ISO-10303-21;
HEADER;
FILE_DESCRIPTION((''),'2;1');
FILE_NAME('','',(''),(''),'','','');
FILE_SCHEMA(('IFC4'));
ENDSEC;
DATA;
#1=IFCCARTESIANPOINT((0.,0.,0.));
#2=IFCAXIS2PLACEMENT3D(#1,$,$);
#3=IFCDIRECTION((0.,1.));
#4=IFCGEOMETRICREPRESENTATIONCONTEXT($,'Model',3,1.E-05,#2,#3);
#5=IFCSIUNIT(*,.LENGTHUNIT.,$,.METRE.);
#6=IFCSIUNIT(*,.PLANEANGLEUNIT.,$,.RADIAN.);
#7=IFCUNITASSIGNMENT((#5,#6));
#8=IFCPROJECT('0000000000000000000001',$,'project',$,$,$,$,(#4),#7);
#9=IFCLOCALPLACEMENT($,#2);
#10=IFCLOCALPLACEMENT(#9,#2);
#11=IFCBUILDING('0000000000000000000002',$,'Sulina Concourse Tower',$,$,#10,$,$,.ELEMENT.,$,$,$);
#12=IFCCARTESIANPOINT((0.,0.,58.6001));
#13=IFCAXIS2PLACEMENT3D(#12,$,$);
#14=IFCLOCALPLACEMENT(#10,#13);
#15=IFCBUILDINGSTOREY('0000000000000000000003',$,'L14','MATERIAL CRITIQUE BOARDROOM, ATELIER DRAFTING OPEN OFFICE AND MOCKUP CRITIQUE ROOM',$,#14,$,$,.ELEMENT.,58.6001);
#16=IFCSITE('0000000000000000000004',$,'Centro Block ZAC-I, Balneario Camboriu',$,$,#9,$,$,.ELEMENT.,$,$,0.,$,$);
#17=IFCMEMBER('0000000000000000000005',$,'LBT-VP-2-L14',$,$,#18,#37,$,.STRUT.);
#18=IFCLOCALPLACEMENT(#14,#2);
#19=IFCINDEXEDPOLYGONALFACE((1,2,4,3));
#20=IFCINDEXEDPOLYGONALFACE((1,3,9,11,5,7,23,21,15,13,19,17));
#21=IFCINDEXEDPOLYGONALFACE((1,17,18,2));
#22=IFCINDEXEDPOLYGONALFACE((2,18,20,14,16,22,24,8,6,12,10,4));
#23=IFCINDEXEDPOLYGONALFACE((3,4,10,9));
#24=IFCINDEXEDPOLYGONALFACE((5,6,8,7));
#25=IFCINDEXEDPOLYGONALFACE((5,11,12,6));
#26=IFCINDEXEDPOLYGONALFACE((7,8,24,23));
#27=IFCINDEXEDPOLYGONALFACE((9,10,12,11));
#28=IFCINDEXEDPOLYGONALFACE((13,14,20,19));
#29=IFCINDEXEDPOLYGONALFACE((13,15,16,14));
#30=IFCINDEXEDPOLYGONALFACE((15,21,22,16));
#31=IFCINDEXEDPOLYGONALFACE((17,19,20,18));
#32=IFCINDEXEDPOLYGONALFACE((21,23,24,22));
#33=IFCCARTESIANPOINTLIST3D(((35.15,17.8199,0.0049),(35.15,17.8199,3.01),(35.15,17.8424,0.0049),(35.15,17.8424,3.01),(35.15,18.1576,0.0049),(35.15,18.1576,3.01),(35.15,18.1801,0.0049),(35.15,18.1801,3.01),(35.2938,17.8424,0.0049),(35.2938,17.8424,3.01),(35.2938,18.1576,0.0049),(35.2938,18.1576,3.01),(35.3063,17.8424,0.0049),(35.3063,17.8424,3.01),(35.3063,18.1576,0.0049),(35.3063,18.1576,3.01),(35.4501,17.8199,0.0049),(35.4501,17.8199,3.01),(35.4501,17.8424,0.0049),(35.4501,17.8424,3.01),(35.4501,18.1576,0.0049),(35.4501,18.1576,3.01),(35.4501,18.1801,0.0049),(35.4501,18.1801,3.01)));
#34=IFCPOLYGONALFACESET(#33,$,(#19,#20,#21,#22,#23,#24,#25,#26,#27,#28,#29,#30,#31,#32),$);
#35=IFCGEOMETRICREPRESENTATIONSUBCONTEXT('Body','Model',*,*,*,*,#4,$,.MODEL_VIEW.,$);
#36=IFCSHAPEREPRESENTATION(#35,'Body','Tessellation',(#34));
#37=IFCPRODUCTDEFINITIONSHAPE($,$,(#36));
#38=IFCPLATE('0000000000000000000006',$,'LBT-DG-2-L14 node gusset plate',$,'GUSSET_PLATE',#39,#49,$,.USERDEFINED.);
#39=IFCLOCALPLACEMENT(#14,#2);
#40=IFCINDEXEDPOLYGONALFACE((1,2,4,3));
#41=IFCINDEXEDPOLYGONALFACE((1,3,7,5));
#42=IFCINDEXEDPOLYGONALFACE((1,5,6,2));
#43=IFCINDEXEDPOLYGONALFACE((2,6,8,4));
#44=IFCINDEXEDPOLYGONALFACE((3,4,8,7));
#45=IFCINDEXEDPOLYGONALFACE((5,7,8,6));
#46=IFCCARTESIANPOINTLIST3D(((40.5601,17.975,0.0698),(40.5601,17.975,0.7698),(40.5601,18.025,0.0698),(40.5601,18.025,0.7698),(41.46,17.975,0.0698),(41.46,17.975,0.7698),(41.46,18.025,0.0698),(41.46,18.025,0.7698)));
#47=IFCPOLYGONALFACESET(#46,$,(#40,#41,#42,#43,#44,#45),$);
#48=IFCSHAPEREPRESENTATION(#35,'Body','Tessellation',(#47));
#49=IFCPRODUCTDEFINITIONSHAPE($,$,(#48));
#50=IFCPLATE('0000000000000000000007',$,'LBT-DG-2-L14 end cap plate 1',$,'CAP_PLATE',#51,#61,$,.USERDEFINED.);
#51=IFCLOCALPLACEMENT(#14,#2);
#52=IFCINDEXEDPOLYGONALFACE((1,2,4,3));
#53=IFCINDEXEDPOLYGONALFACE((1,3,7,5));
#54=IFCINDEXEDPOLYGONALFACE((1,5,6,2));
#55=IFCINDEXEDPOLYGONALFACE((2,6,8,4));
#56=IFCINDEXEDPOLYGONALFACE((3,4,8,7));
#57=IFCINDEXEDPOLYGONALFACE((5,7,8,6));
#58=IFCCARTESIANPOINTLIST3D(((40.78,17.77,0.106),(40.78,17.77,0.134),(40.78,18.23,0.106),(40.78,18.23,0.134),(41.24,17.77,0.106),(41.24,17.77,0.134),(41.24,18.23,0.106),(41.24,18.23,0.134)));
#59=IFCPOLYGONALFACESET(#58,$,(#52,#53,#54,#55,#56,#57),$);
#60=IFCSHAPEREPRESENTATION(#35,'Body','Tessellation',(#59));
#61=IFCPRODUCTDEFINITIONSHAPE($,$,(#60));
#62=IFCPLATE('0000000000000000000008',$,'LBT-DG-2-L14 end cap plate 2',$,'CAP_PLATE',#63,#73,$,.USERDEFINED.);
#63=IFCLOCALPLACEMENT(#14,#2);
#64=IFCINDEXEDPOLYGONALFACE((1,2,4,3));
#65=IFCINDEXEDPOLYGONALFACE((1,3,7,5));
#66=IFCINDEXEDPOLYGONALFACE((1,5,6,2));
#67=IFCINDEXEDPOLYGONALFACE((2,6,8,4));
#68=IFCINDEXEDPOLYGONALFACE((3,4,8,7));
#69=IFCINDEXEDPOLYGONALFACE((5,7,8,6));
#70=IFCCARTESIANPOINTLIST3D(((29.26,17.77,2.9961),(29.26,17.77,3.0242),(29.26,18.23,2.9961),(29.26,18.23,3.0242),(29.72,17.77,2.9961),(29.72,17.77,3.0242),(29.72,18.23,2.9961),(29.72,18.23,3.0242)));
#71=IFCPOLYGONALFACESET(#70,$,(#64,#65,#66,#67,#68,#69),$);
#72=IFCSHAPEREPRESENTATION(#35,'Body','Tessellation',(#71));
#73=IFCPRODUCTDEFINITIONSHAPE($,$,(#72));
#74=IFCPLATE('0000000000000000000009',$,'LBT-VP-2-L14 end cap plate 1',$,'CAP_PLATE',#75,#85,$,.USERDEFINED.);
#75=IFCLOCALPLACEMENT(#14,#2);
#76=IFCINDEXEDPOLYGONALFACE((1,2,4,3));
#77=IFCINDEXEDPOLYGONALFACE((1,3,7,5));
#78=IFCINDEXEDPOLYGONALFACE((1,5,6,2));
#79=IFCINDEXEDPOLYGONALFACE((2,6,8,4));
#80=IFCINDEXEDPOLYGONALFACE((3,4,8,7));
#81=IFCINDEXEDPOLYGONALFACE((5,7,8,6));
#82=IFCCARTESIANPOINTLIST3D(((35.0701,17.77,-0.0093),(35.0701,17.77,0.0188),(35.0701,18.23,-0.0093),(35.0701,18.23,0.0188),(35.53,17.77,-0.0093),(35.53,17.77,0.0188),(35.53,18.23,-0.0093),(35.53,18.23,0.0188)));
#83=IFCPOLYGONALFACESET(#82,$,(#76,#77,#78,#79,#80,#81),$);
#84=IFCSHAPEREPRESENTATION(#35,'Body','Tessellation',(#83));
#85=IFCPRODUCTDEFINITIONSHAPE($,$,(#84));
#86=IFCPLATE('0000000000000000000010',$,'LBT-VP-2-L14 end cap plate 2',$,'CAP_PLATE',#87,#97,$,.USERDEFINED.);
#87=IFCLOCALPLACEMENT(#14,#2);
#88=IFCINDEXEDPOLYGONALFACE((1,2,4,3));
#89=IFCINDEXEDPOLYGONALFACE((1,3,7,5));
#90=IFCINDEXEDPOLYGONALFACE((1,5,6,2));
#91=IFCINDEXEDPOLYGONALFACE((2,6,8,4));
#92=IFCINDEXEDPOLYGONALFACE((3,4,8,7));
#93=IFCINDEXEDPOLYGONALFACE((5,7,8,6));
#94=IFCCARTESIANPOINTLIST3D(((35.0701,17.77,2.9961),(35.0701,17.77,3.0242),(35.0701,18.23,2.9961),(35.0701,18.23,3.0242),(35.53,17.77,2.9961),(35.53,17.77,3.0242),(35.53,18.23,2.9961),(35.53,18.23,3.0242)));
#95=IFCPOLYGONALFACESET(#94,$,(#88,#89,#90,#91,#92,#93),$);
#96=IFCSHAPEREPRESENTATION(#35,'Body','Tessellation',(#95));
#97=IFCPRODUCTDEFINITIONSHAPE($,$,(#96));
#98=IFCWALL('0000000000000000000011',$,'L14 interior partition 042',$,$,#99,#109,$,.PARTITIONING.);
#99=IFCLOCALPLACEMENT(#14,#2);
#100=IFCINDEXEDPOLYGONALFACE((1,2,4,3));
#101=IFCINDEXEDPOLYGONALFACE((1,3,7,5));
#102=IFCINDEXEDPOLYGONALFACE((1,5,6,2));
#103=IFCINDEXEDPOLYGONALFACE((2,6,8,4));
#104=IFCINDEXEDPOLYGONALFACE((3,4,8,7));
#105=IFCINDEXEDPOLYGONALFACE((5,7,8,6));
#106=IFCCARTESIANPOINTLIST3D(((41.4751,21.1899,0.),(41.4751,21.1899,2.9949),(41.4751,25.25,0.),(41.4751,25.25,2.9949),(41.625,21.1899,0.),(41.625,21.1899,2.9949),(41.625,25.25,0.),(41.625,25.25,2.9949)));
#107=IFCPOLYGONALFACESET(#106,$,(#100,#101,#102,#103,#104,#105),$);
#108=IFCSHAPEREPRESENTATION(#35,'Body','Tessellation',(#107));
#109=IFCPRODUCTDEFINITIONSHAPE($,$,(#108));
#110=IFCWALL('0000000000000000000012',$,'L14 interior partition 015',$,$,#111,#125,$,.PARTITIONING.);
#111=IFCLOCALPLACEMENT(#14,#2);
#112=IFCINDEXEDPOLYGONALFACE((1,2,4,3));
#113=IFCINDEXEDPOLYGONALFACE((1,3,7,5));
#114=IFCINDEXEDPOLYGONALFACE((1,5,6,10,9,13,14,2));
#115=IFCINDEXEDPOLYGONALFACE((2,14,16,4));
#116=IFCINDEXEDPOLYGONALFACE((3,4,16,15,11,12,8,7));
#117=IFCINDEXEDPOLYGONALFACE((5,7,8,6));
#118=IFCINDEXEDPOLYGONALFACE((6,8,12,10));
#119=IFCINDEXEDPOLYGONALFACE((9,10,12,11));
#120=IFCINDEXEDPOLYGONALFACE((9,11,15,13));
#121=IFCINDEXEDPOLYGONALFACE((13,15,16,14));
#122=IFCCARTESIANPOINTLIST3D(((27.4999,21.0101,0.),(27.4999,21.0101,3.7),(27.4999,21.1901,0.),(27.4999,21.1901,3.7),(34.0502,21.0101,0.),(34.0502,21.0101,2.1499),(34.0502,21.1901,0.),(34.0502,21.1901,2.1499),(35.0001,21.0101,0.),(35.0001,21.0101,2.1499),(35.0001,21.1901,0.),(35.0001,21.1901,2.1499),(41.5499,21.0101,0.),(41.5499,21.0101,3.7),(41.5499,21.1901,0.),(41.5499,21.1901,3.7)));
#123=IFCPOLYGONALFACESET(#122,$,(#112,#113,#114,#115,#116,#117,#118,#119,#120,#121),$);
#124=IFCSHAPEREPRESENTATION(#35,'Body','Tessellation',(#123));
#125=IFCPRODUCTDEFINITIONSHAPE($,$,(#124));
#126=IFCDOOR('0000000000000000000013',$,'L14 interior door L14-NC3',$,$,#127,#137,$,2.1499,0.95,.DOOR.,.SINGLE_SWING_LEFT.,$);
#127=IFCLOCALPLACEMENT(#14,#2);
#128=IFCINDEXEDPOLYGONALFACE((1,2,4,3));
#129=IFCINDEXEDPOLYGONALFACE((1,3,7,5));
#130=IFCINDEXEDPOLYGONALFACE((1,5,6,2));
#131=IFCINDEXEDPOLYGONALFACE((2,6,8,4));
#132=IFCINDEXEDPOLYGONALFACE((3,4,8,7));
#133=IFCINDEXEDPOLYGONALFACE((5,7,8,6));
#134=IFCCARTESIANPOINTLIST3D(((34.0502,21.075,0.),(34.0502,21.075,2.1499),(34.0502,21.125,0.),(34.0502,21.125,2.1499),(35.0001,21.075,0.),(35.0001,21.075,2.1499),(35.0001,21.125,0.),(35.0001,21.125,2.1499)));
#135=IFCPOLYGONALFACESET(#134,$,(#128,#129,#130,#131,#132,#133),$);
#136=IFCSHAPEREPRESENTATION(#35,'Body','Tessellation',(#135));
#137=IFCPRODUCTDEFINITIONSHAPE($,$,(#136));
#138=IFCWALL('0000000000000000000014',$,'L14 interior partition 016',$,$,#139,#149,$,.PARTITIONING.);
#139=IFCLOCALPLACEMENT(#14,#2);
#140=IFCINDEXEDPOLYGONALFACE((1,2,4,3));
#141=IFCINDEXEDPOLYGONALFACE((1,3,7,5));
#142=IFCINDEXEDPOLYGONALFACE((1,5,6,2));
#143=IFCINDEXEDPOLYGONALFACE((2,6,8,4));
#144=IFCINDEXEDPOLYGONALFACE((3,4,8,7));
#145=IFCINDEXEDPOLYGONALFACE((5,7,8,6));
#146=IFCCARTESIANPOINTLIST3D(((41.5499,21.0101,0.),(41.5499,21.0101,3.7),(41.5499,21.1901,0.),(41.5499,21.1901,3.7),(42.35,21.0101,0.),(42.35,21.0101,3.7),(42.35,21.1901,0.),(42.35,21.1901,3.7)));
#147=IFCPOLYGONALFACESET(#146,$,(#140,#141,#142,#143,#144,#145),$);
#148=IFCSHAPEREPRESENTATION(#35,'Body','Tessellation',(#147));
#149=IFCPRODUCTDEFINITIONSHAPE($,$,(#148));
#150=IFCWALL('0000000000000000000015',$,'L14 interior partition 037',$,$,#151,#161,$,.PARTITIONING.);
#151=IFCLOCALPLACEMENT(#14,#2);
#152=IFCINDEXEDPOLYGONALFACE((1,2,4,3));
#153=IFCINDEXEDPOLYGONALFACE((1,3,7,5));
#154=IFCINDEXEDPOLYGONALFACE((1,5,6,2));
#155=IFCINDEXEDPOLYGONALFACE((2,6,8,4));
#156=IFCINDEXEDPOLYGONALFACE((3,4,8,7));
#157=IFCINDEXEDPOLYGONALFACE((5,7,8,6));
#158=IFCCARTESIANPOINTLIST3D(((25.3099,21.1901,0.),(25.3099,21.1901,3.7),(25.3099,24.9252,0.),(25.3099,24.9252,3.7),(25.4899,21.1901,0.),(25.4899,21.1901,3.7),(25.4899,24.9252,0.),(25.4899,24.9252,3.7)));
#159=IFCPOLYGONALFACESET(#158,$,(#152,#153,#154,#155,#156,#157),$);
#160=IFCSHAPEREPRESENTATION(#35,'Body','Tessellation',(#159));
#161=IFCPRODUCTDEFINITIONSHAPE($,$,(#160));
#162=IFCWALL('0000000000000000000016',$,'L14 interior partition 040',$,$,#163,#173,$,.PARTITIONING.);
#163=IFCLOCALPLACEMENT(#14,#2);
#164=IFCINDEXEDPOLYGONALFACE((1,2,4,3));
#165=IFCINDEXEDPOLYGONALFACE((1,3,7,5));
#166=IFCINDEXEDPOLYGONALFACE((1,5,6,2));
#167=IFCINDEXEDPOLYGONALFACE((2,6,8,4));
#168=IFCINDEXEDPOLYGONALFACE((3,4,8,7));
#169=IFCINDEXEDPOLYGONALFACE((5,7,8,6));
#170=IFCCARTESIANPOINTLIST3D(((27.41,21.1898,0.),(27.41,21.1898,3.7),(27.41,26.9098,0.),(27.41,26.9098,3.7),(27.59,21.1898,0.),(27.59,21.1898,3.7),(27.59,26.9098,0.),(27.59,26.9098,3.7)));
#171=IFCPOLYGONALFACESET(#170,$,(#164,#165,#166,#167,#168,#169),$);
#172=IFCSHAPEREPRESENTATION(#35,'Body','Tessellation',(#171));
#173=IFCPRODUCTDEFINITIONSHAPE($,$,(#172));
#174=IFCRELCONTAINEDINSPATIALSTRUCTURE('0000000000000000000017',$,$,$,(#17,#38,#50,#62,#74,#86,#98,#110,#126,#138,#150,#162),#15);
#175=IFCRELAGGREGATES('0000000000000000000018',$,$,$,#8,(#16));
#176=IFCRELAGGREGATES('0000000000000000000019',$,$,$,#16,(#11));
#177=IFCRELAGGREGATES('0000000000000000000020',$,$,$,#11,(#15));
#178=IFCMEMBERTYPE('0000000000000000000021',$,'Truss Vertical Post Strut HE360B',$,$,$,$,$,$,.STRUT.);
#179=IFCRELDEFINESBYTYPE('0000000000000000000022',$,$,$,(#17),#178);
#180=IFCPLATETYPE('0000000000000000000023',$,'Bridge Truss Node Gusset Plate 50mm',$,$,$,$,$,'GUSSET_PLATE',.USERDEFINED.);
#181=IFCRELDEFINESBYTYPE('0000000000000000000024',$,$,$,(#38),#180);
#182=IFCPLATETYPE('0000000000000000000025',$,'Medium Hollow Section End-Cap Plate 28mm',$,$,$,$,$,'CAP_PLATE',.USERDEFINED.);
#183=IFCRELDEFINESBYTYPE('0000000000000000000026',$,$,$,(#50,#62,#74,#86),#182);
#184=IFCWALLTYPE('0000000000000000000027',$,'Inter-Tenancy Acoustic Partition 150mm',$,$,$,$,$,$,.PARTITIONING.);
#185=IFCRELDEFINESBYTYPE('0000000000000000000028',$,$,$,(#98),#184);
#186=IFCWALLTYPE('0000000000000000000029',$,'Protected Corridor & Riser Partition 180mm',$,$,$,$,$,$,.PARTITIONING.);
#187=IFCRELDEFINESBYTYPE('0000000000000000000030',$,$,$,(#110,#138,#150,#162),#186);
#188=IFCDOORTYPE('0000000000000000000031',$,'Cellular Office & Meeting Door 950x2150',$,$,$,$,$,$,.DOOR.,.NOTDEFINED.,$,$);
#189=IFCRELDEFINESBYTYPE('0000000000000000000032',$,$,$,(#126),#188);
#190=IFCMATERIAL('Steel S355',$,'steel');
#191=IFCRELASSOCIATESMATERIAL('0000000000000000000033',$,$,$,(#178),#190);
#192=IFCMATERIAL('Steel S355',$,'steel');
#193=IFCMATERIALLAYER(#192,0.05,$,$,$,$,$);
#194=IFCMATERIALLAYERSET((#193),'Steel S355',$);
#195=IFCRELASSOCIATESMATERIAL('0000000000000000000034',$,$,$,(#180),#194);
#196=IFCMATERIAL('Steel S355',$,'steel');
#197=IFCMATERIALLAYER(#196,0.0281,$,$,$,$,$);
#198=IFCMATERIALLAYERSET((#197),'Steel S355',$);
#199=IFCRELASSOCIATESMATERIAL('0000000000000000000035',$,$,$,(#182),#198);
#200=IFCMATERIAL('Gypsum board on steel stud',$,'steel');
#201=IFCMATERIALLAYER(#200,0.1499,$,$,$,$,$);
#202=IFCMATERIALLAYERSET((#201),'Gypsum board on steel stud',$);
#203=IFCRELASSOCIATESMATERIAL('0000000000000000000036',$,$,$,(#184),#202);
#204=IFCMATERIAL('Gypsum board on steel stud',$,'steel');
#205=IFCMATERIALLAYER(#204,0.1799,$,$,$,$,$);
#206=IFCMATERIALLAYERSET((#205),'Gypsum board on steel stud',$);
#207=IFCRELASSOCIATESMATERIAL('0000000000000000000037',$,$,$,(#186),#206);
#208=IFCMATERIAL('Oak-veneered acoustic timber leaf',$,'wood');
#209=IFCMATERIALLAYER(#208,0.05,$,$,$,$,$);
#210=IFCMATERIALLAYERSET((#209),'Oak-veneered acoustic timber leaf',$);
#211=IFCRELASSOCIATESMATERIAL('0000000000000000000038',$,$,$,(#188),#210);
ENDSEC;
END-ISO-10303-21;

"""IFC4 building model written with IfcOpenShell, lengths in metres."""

from ifc_helpers import new_model, si_unit, direction, frame, frame_2d, origin, origin_2d, place, context, subcontext, project, spatial, rectangle, i_section, extrude, material, layer, layer_set, material_profile, profile_set, type_object, element, fill, save


model = new_model("IFC4")

# Units and contexts
model_context = context("Model", 3, precision=1e-05, world=origin(), true_north=direction((0.0, 1.0)))
body_context = subcontext(model_context, "Body", "Model", "MODEL_VIEW")
ifc_project = project(units=[si_unit("LENGTHUNIT", "METRE"), si_unit("PLANEANGLEUNIT", "RADIAN")], contexts=[model_context])

# Site, building, storey
site_placement = place(None, origin())
site = spatial("IfcSite", under=ifc_project, at=site_placement, Name="Centro Block ZAC-I, Balneario Camboriu", CompositionType="ELEMENT", RefElevation=0.0)
building_placement = place(site_placement, origin())
building = spatial("IfcBuilding", under=site, at=building_placement, Name="Sulina Concourse Tower", CompositionType="ELEMENT")
storey_placement = place(building_placement, frame((0.0, 0.0, 58.6001)))
storey = spatial("IfcBuildingStorey", under=building, at=storey_placement, Name="L14", Description="MATERIAL CRITIQUE BOARDROOM, ATELIER DRAFTING OPEN OFFICE AND MOCKUP CRITIQUE ROOM", CompositionType="ELEMENT", Elevation=58.6001)

# Member
ifc_material_1 = material(Name="Steel S355", Category="steel")
ifc_material_profile_1 = material_profile(ifc_material_1, i_section(OverallWidth=0.3, OverallDepth=0.3601, WebThickness=0.0125, FlangeThickness=0.0225, at=origin_2d()), Name="HE 360 B")
ifc_profile_set_1 = profile_set([ifc_material_profile_1], Name="Steel S355")
member_type_1 = type_object("IfcMemberType", Name="Truss Vertical Post Strut HE360B", PredefinedType="STRUT", material=ifc_profile_set_1)
member_1_placement = place(storey_placement, frame((35.3, 18.0, 0.0049), z_axis=(0.0, 0.0, 1.0), x_axis=(1.0, 0.0, 0.0)))
element("IfcMember", 1, at=member_1_placement, inside=storey, type_object=member_type_1, Name="LBT-VP-2-L14", PredefinedType="STRUT", context=body_context, shape_type="SweptSolid", body=[
    extrude(i_section(OverallWidth=0.3, OverallDepth=0.3601, WebThickness=0.0125, FlangeThickness=0.0225, at=origin_2d()), origin(), (0.0, 0.0, 1.0), 3.0051),
])

# Plates
ifc_material_2 = material(Name="Steel S355", Category="steel")
ifc_layer_1 = layer(ifc_material_2, 0.05)
ifc_layer_set_1 = layer_set([ifc_layer_1], Name="Steel S355")
plate_type_1 = type_object("IfcPlateType", Name="Bridge Truss Node Gusset Plate 50mm", ElementType="GUSSET_PLATE", PredefinedType="USERDEFINED", material=ifc_layer_set_1)
plate_placement = place(storey_placement, frame((41.01, 18.0, 0.0698), z_axis=(0.0, 0.0, 1.0), x_axis=(1.0, 0.0, 0.0)))
element("IfcPlate", 2, at=plate_placement, inside=storey, type_object=plate_type_1, Name="LBT-DG-2-L14 node gusset plate", ObjectType="GUSSET_PLATE", PredefinedType="USERDEFINED", context=body_context, shape_type="SweptSolid", body=[
    extrude(rectangle(XDim=0.8999, YDim=0.05, at=origin_2d()), origin(), (0.0, 0.0, 1.0), 0.7),
])
ifc_material_3 = material(Name="Steel S355", Category="steel")
ifc_layer_2 = layer(ifc_material_3, 0.0281)
ifc_layer_set_2 = layer_set([ifc_layer_2], Name="Steel S355")
plate_type_2 = type_object("IfcPlateType", Name="Medium Hollow Section End-Cap Plate 28mm", ElementType="CAP_PLATE", PredefinedType="USERDEFINED", material=ifc_layer_set_2)
for number, where, z_axis, x_axis, name in (
    (3, (41.01, 18.0, 0.106), (0.0, 0.0, 1.0), (1.0, 0.0, 0.0), "LBT-DG-2-L14 end cap plate 1"),
    (4, (29.49, 18.0, 2.9961), (0.0, 0.0, 1.0), (1.0, 0.0, 0.0), "LBT-DG-2-L14 end cap plate 2"),
    (5, (35.3, 18.0, -0.0093), (0.0, 0.0, 1.0), (1.0, 0.0, 0.0), "LBT-VP-2-L14 end cap plate 1"),
    (6, (35.3, 18.0, 2.9961), (0.0, 0.0, 1.0), (1.0, 0.0, 0.0), "LBT-VP-2-L14 end cap plate 2"),
):
    element("IfcPlate", number, at=place(storey_placement, frame(where, z_axis=z_axis, x_axis=x_axis)), inside=storey, type_object=plate_type_2, Name=name, ObjectType="CAP_PLATE", PredefinedType="USERDEFINED", context=body_context, shape_type="SweptSolid", body=[
        extrude(rectangle(XDim=0.46, YDim=0.46, at=origin_2d()), origin(), (0.0, 0.0, 1.0), 0.0281),
    ])

# Wall
ifc_material_4 = material(Name="Gypsum board on steel stud", Category="steel")
ifc_layer_3 = layer(ifc_material_4, 0.1499)
ifc_layer_set_3 = layer_set([ifc_layer_3], Name="Gypsum board on steel stud")
wall_type_1 = type_object("IfcWallType", Name="Inter-Tenancy Acoustic Partition 150mm", PredefinedType="PARTITIONING", material=ifc_layer_set_3)
wall_1_placement = place(storey_placement, frame((41.55, 21.1899, 0.0), z_axis=(0.0, 0.0, 1.0), x_axis=(0.0, 1.0, 0.0)))
element("IfcWall", 7, at=wall_1_placement, inside=storey, type_object=wall_type_1, Name="L14 interior partition 042", PredefinedType="PARTITIONING", context=body_context, shape_type="SweptSolid", body=[
    extrude(rectangle(XDim=4.0601, YDim=0.1499, at=frame_2d((2.03, 0.0))), origin(), (0.0, 0.0, 1.0), 2.9949),
])

# Wall, opening, door
ifc_material_5 = material(Name="Gypsum board on steel stud", Category="steel")
ifc_layer_4 = layer(ifc_material_5, 0.1799)
ifc_layer_set_4 = layer_set([ifc_layer_4], Name="Gypsum board on steel stud")
wall_type_2 = type_object("IfcWallType", Name="Protected Corridor & Riser Partition 180mm", PredefinedType="PARTITIONING", material=ifc_layer_set_4)
wall_2_placement = place(storey_placement, frame((27.5, 21.1001, 0.0), z_axis=(0.0, 0.0, 1.0), x_axis=(1.0, 0.0, 0.0)))
wall_2 = element("IfcWall", 8, at=wall_2_placement, inside=storey, type_object=wall_type_2, Name="L14 interior partition 015", PredefinedType="PARTITIONING", context=body_context, shape_type="SweptSolid", body=[
    extrude(rectangle(XDim=14.05, YDim=0.1799, at=frame_2d((7.0249, 0.0))), origin(), (0.0, 0.0, 1.0), 3.7),
])
opening_1_placement = place(wall_2_placement, frame((6.55, 0.0, 0.0)))
opening_1 = element("IfcOpeningElement", 9, at=opening_1_placement, cuts=wall_2, PredefinedType="OPENING", context=body_context, shape_type="SweptSolid", body=[
    extrude(rectangle(XDim=0.95, YDim=2.1499, at=frame_2d((0.4751, 1.075))), frame((0.0, 0.0999, 0.0), z_axis=(0.0, -1.0, 0.0), x_axis=(1.0, 0.0, 0.0)), (0.0, 0.0, 1.0), 0.2),
])
ifc_material_6 = material(Name="Oak-veneered acoustic timber leaf", Category="wood")
ifc_layer_5 = layer(ifc_material_6, 0.05)
ifc_layer_set_5 = layer_set([ifc_layer_5], Name="Oak-veneered acoustic timber leaf")
door_type_1 = type_object("IfcDoorType", Name="Cellular Office & Meeting Door 950x2150", OperationType="NOTDEFINED", PredefinedType="DOOR", material=ifc_layer_set_5)
door_1_placement = place(opening_1_placement, origin())
door_1 = element("IfcDoor", 10, at=door_1_placement, inside=storey, type_object=door_type_1, Name="L14 interior door L14-NC3", OperationType="SINGLE_SWING_LEFT", OverallHeight=2.1499, OverallWidth=0.95, PredefinedType="DOOR", context=body_context, shape_type="SweptSolid", body=[
    extrude(rectangle(XDim=0.95, YDim=2.1499, at=frame_2d((0.4751, 1.075))), frame((0.0, 0.0249, 0.0), z_axis=(0.0, -1.0, 0.0), x_axis=(1.0, 0.0, 0.0)), (0.0, 0.0, 1.0), 0.05),
])
fill(opening_1, door_1)

# Walls
wall_3_placement = place(storey_placement, frame((41.55, 21.1001, 0.0), z_axis=(0.0, 0.0, 1.0), x_axis=(1.0, 0.0, 0.0)))
element("IfcWall", 11, at=wall_3_placement, inside=storey, type_object=wall_type_2, Name="L14 interior partition 016", PredefinedType="PARTITIONING", context=body_context, shape_type="SweptSolid", body=[
    extrude(rectangle(XDim=0.8, YDim=0.1799, at=frame_2d((0.3999, 0.0))), origin(), (0.0, 0.0, 1.0), 3.7),
])
wall_4_placement = place(storey_placement, frame((25.3999, 21.1899, 0.0), z_axis=(0.0, 0.0, 1.0), x_axis=(0.0, 1.0, 0.0)))
element("IfcWall", 12, at=wall_4_placement, inside=storey, type_object=wall_type_2, Name="L14 interior partition 037", PredefinedType="PARTITIONING", context=body_context, shape_type="SweptSolid", body=[
    extrude(rectangle(XDim=3.7351, YDim=0.1799, at=frame_2d((1.8677, 0.0))), origin(), (0.0, 0.0, 1.0), 3.7),
])

# Wall
wall_5_placement = place(storey_placement, frame((27.5, 21.1899, 0.0), z_axis=(0.0, 0.0, 1.0), x_axis=(0.0, 1.0, 0.0)))
element("IfcWall", 13, at=wall_5_placement, inside=storey, type_object=wall_type_2, Name="L14 interior partition 040", PredefinedType="PARTITIONING", context=body_context, shape_type="SweptSolid", body=[
    extrude(rectangle(XDim=5.72, YDim=0.1799, at=frame_2d((2.8599, 0.0))), origin(), (0.0, 0.0, 1.0), 3.7),
])

save(model, "model.ifc")
